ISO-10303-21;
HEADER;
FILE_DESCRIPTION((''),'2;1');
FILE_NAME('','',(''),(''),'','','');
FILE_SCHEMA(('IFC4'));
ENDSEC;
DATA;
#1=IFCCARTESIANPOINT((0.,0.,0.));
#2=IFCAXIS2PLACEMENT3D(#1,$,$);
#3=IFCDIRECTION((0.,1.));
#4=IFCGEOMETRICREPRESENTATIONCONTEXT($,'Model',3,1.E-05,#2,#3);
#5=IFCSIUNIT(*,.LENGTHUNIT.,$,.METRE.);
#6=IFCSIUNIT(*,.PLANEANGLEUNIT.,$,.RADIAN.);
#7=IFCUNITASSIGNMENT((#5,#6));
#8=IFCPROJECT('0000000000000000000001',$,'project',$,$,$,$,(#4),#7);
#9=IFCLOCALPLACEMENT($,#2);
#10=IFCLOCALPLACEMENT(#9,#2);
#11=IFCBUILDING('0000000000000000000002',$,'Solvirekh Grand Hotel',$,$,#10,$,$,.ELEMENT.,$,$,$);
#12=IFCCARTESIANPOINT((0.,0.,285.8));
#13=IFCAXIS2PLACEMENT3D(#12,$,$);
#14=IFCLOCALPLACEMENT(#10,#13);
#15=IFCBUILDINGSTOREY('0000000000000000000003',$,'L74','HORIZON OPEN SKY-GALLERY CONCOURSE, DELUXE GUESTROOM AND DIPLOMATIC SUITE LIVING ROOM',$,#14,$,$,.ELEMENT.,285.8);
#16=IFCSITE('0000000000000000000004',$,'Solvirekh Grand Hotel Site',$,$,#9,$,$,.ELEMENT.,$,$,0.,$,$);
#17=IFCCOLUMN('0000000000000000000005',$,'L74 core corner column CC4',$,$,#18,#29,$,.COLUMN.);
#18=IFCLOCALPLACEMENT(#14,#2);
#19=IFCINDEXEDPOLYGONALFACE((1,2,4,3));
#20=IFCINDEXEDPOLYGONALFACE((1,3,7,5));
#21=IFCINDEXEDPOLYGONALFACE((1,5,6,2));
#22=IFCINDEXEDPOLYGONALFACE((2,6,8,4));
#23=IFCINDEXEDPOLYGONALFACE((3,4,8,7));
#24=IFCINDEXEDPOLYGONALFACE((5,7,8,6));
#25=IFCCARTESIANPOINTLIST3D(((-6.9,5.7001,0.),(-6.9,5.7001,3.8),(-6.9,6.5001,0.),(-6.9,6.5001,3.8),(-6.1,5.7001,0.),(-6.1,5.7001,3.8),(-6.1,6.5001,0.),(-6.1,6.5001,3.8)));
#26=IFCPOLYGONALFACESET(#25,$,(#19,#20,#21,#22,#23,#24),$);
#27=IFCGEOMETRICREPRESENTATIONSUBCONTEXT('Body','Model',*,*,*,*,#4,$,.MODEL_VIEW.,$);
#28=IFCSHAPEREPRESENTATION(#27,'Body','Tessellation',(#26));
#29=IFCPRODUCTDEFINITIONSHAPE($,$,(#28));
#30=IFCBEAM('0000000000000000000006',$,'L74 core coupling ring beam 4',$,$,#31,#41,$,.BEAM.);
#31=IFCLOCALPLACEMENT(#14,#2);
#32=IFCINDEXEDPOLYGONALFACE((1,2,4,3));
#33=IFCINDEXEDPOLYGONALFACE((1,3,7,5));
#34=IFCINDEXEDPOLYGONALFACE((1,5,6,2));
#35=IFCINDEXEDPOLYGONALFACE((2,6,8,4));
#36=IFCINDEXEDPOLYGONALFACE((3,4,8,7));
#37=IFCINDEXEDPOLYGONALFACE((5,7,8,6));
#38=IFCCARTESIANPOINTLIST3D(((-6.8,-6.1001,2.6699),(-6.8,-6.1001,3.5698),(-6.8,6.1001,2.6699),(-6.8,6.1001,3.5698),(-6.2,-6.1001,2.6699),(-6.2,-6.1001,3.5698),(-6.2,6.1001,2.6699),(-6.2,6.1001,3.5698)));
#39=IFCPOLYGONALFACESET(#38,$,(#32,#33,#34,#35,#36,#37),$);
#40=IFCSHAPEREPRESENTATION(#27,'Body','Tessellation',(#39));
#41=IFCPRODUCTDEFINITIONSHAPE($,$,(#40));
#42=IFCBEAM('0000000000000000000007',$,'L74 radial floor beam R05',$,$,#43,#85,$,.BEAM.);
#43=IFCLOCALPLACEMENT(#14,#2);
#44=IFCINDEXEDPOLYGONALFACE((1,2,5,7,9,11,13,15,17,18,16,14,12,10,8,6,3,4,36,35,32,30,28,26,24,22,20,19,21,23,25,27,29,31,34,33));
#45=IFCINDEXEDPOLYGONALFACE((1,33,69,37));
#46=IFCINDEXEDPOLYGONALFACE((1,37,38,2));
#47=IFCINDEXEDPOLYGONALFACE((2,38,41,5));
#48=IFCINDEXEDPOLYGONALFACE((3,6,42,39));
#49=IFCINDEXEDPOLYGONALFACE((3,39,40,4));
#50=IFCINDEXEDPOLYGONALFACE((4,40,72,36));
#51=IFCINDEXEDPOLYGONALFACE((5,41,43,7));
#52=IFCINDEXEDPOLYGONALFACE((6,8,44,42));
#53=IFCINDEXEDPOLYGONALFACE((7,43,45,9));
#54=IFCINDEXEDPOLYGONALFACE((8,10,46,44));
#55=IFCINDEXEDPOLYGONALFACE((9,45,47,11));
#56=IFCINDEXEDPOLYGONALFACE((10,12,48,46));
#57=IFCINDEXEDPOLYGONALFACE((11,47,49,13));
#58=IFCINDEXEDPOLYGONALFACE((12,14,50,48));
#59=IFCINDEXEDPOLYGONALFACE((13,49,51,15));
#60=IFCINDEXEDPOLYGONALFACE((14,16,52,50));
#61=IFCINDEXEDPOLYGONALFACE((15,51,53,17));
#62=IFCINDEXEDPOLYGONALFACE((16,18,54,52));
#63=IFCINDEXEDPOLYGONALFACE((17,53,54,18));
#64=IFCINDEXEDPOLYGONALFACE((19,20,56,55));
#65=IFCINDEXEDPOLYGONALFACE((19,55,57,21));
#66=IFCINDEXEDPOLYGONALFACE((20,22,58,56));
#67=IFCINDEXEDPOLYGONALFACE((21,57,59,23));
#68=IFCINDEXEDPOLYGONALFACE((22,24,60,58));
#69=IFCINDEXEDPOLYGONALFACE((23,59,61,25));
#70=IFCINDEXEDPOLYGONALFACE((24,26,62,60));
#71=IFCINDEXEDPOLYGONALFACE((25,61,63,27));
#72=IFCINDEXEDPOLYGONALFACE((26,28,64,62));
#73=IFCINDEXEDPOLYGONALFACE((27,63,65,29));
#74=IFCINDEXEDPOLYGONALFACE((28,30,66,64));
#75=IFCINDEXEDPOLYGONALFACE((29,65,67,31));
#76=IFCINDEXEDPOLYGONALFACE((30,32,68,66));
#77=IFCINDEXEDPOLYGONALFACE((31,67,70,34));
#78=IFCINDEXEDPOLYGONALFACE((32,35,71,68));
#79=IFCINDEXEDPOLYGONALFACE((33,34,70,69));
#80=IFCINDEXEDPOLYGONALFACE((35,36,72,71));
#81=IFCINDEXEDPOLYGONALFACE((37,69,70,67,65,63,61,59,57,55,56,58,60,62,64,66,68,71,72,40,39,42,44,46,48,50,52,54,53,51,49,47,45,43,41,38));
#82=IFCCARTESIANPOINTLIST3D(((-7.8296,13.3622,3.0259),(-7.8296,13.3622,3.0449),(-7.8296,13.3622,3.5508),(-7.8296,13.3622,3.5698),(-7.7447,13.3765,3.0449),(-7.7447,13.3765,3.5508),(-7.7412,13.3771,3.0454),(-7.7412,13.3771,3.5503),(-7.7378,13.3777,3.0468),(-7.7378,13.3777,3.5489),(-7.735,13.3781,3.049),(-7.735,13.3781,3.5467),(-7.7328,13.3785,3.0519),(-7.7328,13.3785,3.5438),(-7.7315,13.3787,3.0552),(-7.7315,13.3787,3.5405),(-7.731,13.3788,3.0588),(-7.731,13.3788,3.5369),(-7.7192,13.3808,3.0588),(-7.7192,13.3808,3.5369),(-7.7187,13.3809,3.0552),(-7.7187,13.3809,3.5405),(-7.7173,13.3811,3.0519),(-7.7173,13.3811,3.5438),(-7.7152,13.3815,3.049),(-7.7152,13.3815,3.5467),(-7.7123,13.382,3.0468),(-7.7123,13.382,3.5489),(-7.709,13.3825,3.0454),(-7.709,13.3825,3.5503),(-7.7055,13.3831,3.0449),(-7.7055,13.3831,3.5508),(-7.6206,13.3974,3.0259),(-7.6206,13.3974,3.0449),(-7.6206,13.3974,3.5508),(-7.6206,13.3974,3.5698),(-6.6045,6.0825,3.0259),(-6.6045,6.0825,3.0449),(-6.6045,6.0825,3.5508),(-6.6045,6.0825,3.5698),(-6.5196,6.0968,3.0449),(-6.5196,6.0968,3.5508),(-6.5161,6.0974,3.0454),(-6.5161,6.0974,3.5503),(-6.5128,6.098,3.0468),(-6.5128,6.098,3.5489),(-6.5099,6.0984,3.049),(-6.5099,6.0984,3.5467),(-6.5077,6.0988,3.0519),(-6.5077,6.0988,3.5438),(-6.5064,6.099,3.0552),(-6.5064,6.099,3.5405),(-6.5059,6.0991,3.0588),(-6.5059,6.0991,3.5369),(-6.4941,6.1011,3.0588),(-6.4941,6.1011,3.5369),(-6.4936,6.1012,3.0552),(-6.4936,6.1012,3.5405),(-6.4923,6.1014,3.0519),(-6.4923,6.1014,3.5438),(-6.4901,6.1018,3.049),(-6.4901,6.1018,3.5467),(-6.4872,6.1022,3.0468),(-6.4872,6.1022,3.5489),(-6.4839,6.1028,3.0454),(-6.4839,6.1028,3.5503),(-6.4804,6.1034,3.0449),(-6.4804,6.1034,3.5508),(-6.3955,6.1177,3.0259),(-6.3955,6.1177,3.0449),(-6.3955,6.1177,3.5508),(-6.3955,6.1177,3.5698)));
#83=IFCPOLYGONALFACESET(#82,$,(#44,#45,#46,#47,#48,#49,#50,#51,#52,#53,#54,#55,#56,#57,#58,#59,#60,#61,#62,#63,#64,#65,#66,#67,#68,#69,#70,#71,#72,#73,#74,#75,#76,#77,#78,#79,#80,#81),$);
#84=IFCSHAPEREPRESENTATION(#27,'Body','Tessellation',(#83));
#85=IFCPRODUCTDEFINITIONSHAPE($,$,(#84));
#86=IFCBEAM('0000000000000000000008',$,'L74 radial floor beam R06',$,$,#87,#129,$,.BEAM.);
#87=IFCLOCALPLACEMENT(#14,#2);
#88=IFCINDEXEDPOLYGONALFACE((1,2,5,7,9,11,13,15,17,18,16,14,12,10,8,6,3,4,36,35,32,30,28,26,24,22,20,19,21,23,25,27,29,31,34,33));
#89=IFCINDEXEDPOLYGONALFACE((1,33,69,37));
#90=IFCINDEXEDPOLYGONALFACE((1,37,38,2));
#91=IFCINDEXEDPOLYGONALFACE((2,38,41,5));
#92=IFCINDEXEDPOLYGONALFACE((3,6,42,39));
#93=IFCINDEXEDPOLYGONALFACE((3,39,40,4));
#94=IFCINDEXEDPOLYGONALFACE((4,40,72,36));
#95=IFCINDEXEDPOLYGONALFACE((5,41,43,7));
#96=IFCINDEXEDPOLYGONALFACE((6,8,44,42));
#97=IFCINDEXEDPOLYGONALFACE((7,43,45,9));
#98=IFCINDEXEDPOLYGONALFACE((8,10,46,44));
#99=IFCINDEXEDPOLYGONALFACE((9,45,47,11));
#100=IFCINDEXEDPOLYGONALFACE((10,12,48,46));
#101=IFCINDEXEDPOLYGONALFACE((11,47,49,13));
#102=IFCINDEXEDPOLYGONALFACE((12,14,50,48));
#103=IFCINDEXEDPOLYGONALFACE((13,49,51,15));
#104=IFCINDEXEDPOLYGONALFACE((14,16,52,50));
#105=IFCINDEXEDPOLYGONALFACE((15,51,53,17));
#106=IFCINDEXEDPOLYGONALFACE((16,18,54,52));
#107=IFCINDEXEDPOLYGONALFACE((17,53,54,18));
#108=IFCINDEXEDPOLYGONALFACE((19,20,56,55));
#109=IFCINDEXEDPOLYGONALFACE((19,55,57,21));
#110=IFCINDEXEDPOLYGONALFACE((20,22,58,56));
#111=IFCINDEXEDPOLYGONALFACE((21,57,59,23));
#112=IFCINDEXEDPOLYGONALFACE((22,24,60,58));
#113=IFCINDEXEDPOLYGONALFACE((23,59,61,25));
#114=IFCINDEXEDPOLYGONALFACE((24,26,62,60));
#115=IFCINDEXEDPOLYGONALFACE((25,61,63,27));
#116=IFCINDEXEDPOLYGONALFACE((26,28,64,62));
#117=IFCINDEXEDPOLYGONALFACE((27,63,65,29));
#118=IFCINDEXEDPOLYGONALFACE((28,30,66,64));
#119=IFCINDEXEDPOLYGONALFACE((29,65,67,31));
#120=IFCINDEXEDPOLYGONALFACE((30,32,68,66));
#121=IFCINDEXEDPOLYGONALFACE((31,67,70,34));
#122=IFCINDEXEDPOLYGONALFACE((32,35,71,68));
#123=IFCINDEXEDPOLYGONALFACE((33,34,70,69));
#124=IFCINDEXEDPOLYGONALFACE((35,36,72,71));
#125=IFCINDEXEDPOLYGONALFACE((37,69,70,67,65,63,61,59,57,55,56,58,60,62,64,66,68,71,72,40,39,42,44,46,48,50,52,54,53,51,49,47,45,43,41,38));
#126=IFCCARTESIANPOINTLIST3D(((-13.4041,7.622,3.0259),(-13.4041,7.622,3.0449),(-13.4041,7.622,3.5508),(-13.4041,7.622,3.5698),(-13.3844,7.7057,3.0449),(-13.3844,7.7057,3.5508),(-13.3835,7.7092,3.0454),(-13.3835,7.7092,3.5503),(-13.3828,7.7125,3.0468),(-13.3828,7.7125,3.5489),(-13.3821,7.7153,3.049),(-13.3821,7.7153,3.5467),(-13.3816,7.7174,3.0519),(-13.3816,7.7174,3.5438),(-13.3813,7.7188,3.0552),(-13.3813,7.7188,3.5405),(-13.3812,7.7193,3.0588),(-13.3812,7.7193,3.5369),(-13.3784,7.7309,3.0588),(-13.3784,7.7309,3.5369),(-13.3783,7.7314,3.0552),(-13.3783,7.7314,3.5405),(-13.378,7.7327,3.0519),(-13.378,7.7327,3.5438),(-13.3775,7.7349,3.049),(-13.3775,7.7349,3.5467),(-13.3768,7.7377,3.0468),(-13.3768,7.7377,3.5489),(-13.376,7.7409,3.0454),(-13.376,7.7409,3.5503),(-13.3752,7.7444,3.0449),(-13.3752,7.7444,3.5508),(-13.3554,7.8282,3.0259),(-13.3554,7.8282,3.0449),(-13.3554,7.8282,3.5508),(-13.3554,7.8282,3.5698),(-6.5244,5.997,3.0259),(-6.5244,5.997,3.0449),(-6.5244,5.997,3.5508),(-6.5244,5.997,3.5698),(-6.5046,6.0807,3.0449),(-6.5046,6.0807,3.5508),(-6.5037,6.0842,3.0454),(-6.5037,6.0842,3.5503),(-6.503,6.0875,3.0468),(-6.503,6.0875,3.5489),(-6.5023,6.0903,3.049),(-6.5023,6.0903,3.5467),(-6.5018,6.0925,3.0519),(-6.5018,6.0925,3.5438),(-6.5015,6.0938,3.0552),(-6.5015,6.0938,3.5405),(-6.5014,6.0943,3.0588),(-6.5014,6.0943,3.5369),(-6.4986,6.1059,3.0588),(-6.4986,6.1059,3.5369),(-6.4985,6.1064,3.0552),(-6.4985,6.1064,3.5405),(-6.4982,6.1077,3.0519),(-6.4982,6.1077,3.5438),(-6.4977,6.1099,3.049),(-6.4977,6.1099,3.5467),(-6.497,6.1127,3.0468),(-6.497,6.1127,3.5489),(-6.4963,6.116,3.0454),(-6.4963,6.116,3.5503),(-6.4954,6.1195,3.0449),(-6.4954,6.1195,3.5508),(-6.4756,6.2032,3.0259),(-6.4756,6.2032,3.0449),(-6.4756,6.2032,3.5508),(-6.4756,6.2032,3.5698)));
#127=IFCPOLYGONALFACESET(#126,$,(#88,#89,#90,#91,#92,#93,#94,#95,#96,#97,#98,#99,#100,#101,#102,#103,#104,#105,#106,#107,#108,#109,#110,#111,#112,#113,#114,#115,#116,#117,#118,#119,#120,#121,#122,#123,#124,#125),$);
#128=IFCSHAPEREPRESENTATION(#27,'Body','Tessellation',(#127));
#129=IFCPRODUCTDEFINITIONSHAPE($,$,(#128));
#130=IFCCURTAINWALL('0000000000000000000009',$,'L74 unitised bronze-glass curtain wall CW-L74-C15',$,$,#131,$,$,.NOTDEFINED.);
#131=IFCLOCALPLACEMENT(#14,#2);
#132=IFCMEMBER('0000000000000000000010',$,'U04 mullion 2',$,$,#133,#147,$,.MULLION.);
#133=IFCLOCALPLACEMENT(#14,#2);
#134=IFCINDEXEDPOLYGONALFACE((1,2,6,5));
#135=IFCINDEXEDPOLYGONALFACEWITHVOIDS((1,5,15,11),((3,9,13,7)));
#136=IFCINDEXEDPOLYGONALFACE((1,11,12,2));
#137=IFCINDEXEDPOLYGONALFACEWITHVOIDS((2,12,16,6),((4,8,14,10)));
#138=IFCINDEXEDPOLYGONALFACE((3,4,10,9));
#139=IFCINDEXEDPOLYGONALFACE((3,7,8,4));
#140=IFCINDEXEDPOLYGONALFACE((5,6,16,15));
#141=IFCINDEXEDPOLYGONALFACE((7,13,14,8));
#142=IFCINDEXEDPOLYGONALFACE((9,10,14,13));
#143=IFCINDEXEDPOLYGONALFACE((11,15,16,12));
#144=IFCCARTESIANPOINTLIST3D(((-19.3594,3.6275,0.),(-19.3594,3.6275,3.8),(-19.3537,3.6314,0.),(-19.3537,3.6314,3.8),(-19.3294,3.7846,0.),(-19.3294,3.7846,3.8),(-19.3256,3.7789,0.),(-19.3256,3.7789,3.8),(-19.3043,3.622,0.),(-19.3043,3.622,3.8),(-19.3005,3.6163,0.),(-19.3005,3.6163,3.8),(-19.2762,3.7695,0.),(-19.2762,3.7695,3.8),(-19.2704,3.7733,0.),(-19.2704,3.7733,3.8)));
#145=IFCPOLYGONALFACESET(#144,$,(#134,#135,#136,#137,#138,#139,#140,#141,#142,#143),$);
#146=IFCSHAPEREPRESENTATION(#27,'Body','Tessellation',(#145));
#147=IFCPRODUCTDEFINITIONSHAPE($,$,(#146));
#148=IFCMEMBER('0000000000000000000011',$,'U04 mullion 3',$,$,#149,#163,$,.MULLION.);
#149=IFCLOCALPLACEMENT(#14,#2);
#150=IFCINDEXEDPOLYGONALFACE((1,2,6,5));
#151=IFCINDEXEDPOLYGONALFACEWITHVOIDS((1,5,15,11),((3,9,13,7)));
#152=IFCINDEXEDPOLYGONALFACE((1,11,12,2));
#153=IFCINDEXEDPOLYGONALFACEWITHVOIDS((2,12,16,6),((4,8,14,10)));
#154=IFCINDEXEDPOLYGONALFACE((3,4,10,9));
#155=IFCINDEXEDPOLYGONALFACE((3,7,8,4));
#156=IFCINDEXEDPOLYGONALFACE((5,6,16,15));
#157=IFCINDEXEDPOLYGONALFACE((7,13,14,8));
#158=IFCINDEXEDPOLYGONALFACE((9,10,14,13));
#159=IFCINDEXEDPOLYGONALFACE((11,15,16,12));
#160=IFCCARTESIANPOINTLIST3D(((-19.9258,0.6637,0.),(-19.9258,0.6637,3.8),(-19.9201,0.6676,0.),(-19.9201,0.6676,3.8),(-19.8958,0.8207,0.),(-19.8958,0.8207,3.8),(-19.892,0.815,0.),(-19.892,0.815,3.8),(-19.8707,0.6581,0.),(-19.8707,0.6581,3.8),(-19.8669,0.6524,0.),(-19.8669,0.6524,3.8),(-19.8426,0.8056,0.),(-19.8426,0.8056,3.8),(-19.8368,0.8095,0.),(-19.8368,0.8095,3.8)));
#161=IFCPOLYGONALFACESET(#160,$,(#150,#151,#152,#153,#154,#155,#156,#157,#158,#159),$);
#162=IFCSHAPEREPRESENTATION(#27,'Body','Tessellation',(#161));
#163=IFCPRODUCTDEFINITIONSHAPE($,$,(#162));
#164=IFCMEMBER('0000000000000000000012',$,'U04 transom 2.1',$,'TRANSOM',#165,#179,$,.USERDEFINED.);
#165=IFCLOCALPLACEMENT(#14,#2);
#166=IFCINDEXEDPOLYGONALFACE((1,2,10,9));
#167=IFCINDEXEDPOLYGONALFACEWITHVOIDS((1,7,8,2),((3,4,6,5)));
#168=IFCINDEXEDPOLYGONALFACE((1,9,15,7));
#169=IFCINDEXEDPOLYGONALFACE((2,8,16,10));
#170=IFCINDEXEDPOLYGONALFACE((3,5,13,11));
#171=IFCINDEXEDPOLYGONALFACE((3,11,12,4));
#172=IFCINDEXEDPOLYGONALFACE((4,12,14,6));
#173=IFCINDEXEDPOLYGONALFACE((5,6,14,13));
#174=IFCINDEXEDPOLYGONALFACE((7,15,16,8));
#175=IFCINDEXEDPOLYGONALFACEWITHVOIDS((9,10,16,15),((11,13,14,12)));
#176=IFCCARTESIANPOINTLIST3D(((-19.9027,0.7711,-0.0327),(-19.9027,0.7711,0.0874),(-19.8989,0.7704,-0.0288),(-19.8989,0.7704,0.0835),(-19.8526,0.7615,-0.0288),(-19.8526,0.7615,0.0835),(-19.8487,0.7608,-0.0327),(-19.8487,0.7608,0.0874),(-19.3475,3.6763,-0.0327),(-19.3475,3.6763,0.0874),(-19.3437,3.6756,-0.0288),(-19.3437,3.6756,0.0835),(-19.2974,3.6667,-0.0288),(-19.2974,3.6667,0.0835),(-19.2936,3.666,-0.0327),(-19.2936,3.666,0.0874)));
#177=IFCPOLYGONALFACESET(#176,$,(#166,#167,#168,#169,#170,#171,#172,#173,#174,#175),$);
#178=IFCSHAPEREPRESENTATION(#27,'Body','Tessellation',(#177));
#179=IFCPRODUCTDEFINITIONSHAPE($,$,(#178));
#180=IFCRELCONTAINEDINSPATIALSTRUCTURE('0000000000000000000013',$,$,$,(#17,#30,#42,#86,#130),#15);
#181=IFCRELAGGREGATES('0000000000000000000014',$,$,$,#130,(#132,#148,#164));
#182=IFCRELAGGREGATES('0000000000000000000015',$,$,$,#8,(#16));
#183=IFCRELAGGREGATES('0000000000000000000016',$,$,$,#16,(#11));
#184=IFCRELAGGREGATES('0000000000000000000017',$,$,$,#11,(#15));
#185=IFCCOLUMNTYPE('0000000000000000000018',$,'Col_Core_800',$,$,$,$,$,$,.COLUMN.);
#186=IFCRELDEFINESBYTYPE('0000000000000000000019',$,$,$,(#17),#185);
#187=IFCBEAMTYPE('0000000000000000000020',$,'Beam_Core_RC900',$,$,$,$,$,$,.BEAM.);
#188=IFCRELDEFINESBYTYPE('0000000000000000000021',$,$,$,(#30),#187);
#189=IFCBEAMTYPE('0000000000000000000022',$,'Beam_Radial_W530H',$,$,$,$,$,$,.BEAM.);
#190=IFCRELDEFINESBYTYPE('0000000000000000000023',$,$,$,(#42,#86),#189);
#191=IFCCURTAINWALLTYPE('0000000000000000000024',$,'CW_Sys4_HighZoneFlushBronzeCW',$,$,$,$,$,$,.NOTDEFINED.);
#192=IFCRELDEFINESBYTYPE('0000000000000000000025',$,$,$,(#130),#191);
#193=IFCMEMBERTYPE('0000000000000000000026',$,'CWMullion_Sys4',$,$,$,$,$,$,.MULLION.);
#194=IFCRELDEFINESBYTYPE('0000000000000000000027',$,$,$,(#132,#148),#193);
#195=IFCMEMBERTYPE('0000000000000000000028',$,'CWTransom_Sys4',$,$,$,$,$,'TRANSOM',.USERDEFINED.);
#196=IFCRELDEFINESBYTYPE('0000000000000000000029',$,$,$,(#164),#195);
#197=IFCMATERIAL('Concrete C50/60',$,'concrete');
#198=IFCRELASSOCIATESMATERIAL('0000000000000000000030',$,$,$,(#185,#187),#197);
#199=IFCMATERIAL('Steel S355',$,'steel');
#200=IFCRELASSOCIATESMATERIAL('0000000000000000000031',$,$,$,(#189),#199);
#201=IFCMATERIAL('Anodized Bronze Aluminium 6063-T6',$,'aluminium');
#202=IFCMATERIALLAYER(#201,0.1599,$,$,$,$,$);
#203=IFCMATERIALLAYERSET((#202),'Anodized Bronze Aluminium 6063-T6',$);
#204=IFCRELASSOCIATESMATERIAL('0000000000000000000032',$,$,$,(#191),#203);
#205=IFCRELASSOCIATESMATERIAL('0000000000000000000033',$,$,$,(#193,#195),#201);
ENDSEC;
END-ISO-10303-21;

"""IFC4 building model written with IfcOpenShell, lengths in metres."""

from ifc_helpers import new_model, si_unit, direction, frame, origin, origin_2d, place, context, subcontext, project, spatial, rectangle, hollow_rectangle, i_section, extrude, source, transform, mapped, material, layer, layer_set, material_profile, profile_set, type_object, element, aggregate, save


model = new_model("IFC4")

# Units and contexts
model_context = context("Model", 3, precision=1e-05, world=origin(), true_north=direction((0.0, 1.0)))
body_context = subcontext(model_context, "Body", "Model", "MODEL_VIEW")
ifc_project = project(units=[si_unit("LENGTHUNIT", "METRE"), si_unit("PLANEANGLEUNIT", "RADIAN")], contexts=[model_context])

# Site, building, storey
site_placement = place(None, origin())
site = spatial("IfcSite", under=ifc_project, at=site_placement, Name="Solvirekh Grand Hotel Site", CompositionType="ELEMENT", RefElevation=0.0)
building_placement = place(site_placement, origin())
building = spatial("IfcBuilding", under=site, at=building_placement, Name="Solvirekh Grand Hotel", CompositionType="ELEMENT")
storey_placement = place(building_placement, frame((0.0, 0.0, 285.8)))
storey = spatial("IfcBuildingStorey", under=building, at=storey_placement, Name="L74", Description="HORIZON OPEN SKY-GALLERY CONCOURSE, DELUXE GUESTROOM AND DIPLOMATIC SUITE LIVING ROOM", CompositionType="ELEMENT", Elevation=285.8)

# Column
ifc_material_1 = material(Name="Concrete C50/60", Category="concrete")
ifc_material_profile_1 = material_profile(ifc_material_1, rectangle(XDim=0.8, YDim=0.8, at=origin_2d()), Name="RC 800X800")
ifc_profile_set_1 = profile_set([ifc_material_profile_1], Name="Concrete C50/60")
column_type = type_object("IfcColumnType", Name="Col_Core_800", PredefinedType="COLUMN", material=ifc_profile_set_1)
column_placement = place(storey_placement, frame((-6.5, 6.1001, 0.0), z_axis=(0.0, 0.0, 1.0), x_axis=(1.0, 0.0, 0.0)))
element("IfcColumn", 1, at=column_placement, inside=storey, type_object=column_type, Name="L74 core corner column CC4", PredefinedType="COLUMN", context=body_context, shape_type="SweptSolid", body=[
    extrude(rectangle(XDim=0.8, YDim=0.8, at=origin_2d()), origin(), (0.0, 0.0, 1.0), 3.8),
])

# Beams
ifc_material_profile_2 = material_profile(ifc_material_1, rectangle(XDim=0.6001, YDim=0.8999, at=origin_2d()), Name="RC BEAM 600X900")
ifc_profile_set_2 = profile_set([ifc_material_profile_2], Name="Concrete C50/60")
beam_type_1 = type_object("IfcBeamType", Name="Beam_Core_RC900", PredefinedType="BEAM", material=ifc_profile_set_2)
beam_1_placement = place(storey_placement, frame((-6.5, 6.1001, 3.1199), z_axis=(0.0, -1.0, 0.0), x_axis=(1.0, 0.0, 0.0)))
element("IfcBeam", 2, at=beam_1_placement, inside=storey, type_object=beam_type_1, Name="L74 core coupling ring beam 4", PredefinedType="BEAM", context=body_context, shape_type="SweptSolid", body=[
    extrude(rectangle(XDim=0.6001, YDim=0.8999, at=origin_2d()), origin(), (0.0, 0.0, 1.0), 12.2002),
])
ifc_material_2 = material(Name="Steel S355", Category="steel")
ifc_material_profile_3 = material_profile(ifc_material_2, i_section(OverallWidth=0.2119, OverallDepth=0.5439, WebThickness=0.012, FlangeThickness=0.019, FilletRadius=0.0139, at=origin_2d()), Name="W530X123")
ifc_profile_set_3 = profile_set([ifc_material_profile_3], Name="Steel S355")
beam_type_2 = type_object("IfcBeamType", Name="Beam_Radial_W530H", PredefinedType="BEAM", material=ifc_profile_set_3)
beam_2_placement = place(storey_placement, frame((-6.5, 6.1001, 3.2979), z_axis=(-0.165954, 0.986133, 0.0), x_axis=(-0.986133, -0.165954, 0.0)))
element("IfcBeam", 3, at=beam_2_placement, inside=storey, type_object=beam_type_2, Name="L74 radial floor beam R05", PredefinedType="BEAM", context=body_context, shape_type="SweptSolid", body=[
    extrude(i_section(OverallWidth=0.2119, OverallDepth=0.5439, WebThickness=0.012, FlangeThickness=0.019, FilletRadius=0.0139, at=origin_2d()), origin(), (0.0, 0.0, 1.0), 7.3821),
])
beam_3_placement = place(storey_placement, frame((-6.5, 6.1001, 3.2979), z_axis=(-0.973221, 0.229871, 0.0), x_axis=(-0.229871, -0.973221, 0.0)))
element("IfcBeam", 4, at=beam_3_placement, inside=storey, type_object=beam_type_2, Name="L74 radial floor beam R06", PredefinedType="BEAM", context=body_context, shape_type="SweptSolid", body=[
    extrude(i_section(OverallWidth=0.2119, OverallDepth=0.5439, WebThickness=0.012, FlangeThickness=0.019, FilletRadius=0.0139, at=origin_2d()), origin(), (0.0, 0.0, 1.0), 7.0691),
])

# Curtain wall, members
ifc_material_3 = material(Name="Anodized Bronze Aluminium 6063-T6", Category="aluminium")
ifc_layer_1 = layer(ifc_material_3, 0.1599)
ifc_layer_set_1 = layer_set([ifc_layer_1], Name="Anodized Bronze Aluminium 6063-T6")
curtain_wall_type = type_object("IfcCurtainWallType", Name="CW_Sys4_HighZoneFlushBronzeCW", PredefinedType="NOTDEFINED", material=ifc_layer_set_1)
curtain_wall_placement = place(storey_placement, origin())
curtain_wall = element("IfcCurtainWall", 5, at=curtain_wall_placement, inside=storey, type_object=curtain_wall_type, Name="L74 unitised bronze-glass curtain wall CW-L74-C15", PredefinedType="NOTDEFINED")
ifc_material_profile_4 = material_profile(ifc_material_3, hollow_rectangle(XDim=0.0601, YDim=0.1599, WallThickness=0.0049, at=origin_2d()), Name="ALU RHS 160X60X5")
ifc_profile_set_4 = profile_set([ifc_material_profile_4], Name="Anodized Bronze Aluminium 6063-T6")
member_type_1 = type_object("IfcMemberType", Name="CWMullion_Sys4", PredefinedType="MULLION", material=ifc_profile_set_4)
shared_shape_1 = source(origin(), body_context, "Body", "SweptSolid", [
    extrude(hollow_rectangle(XDim=0.0601, YDim=0.1599, WallThickness=0.0049, at=origin_2d()), origin(), (0.0, 0.0, 1.0), 3.8),
])
member_1_placement = place(storey_placement, frame((-19.3149, 3.7004, 0.0), z_axis=(0.0, 0.0, 1.0), x_axis=(0.982229, -0.187685, 0.0)))
member_1 = element("IfcMember", 6, at=member_1_placement, type_object=member_type_1, Name="U04 mullion 2", PredefinedType="MULLION", context=body_context, shape_type="MappedRepresentation", body=[
    mapped(shared_shape_1, transform((0.0, 0.0, 0.0), x_axis=(1.0, 0.0, 0.0), y_axis=(0.0, 1.0, 0.0), z_axis=(0.0, 0.0, 1.0), scale=1.0)),
])
member_2_placement = place(storey_placement, frame((-19.8813, 0.7366, 0.0), z_axis=(0.0, 0.0, 1.0), x_axis=(0.982229, -0.187685, 0.0)))
member_2 = element("IfcMember", 7, at=member_2_placement, type_object=member_type_1, Name="U04 mullion 3", PredefinedType="MULLION", context=body_context, shape_type="MappedRepresentation", body=[
    mapped(shared_shape_1, transform((0.0, 0.0, 0.0), x_axis=(1.0, 0.0, 0.0), y_axis=(0.0, 1.0, 0.0), z_axis=(0.0, 0.0, 1.0), scale=1.0)),
])
ifc_material_profile_5 = material_profile(ifc_material_3, hollow_rectangle(XDim=0.0549, YDim=0.1201, WallThickness=0.0039, at=origin_2d()), Name="ALU RHS 120X55X4")
ifc_profile_set_5 = profile_set([ifc_material_profile_5], Name="Anodized Bronze Aluminium 6063-T6")
member_type_2 = type_object("IfcMemberType", Name="CWTransom_Sys4", ElementType="TRANSOM", PredefinedType="USERDEFINED", material=ifc_profile_set_5)
shared_shape_2 = source(origin(), body_context, "Body", "SweptSolid", [
    extrude(hollow_rectangle(XDim=0.0549, YDim=0.1201, WallThickness=0.0039, at=origin_2d()), origin(), (0.0, 0.0, 1.0), 2.9578),
])
member_3_placement = place(storey_placement, frame((-19.3206, 3.6711, 0.0273), z_axis=(-0.187696, -0.982227, 0.0), x_axis=(0.982227, -0.187696, 0.0)))
member_3 = element("IfcMember", 8, at=member_3_placement, type_object=member_type_2, Name="U04 transom 2.1", ObjectType="TRANSOM", PredefinedType="USERDEFINED", context=body_context, shape_type="MappedRepresentation", body=[
    mapped(shared_shape_2, transform((0.0, 0.0, 0.0), x_axis=(1.0, 0.0, 0.0), y_axis=(0.0, 1.0, 0.0), z_axis=(0.0, 0.0, 1.0), scale=1.0)),
])
aggregate(curtain_wall, [member_1, member_2, member_3])

save(model, "model.ifc")
